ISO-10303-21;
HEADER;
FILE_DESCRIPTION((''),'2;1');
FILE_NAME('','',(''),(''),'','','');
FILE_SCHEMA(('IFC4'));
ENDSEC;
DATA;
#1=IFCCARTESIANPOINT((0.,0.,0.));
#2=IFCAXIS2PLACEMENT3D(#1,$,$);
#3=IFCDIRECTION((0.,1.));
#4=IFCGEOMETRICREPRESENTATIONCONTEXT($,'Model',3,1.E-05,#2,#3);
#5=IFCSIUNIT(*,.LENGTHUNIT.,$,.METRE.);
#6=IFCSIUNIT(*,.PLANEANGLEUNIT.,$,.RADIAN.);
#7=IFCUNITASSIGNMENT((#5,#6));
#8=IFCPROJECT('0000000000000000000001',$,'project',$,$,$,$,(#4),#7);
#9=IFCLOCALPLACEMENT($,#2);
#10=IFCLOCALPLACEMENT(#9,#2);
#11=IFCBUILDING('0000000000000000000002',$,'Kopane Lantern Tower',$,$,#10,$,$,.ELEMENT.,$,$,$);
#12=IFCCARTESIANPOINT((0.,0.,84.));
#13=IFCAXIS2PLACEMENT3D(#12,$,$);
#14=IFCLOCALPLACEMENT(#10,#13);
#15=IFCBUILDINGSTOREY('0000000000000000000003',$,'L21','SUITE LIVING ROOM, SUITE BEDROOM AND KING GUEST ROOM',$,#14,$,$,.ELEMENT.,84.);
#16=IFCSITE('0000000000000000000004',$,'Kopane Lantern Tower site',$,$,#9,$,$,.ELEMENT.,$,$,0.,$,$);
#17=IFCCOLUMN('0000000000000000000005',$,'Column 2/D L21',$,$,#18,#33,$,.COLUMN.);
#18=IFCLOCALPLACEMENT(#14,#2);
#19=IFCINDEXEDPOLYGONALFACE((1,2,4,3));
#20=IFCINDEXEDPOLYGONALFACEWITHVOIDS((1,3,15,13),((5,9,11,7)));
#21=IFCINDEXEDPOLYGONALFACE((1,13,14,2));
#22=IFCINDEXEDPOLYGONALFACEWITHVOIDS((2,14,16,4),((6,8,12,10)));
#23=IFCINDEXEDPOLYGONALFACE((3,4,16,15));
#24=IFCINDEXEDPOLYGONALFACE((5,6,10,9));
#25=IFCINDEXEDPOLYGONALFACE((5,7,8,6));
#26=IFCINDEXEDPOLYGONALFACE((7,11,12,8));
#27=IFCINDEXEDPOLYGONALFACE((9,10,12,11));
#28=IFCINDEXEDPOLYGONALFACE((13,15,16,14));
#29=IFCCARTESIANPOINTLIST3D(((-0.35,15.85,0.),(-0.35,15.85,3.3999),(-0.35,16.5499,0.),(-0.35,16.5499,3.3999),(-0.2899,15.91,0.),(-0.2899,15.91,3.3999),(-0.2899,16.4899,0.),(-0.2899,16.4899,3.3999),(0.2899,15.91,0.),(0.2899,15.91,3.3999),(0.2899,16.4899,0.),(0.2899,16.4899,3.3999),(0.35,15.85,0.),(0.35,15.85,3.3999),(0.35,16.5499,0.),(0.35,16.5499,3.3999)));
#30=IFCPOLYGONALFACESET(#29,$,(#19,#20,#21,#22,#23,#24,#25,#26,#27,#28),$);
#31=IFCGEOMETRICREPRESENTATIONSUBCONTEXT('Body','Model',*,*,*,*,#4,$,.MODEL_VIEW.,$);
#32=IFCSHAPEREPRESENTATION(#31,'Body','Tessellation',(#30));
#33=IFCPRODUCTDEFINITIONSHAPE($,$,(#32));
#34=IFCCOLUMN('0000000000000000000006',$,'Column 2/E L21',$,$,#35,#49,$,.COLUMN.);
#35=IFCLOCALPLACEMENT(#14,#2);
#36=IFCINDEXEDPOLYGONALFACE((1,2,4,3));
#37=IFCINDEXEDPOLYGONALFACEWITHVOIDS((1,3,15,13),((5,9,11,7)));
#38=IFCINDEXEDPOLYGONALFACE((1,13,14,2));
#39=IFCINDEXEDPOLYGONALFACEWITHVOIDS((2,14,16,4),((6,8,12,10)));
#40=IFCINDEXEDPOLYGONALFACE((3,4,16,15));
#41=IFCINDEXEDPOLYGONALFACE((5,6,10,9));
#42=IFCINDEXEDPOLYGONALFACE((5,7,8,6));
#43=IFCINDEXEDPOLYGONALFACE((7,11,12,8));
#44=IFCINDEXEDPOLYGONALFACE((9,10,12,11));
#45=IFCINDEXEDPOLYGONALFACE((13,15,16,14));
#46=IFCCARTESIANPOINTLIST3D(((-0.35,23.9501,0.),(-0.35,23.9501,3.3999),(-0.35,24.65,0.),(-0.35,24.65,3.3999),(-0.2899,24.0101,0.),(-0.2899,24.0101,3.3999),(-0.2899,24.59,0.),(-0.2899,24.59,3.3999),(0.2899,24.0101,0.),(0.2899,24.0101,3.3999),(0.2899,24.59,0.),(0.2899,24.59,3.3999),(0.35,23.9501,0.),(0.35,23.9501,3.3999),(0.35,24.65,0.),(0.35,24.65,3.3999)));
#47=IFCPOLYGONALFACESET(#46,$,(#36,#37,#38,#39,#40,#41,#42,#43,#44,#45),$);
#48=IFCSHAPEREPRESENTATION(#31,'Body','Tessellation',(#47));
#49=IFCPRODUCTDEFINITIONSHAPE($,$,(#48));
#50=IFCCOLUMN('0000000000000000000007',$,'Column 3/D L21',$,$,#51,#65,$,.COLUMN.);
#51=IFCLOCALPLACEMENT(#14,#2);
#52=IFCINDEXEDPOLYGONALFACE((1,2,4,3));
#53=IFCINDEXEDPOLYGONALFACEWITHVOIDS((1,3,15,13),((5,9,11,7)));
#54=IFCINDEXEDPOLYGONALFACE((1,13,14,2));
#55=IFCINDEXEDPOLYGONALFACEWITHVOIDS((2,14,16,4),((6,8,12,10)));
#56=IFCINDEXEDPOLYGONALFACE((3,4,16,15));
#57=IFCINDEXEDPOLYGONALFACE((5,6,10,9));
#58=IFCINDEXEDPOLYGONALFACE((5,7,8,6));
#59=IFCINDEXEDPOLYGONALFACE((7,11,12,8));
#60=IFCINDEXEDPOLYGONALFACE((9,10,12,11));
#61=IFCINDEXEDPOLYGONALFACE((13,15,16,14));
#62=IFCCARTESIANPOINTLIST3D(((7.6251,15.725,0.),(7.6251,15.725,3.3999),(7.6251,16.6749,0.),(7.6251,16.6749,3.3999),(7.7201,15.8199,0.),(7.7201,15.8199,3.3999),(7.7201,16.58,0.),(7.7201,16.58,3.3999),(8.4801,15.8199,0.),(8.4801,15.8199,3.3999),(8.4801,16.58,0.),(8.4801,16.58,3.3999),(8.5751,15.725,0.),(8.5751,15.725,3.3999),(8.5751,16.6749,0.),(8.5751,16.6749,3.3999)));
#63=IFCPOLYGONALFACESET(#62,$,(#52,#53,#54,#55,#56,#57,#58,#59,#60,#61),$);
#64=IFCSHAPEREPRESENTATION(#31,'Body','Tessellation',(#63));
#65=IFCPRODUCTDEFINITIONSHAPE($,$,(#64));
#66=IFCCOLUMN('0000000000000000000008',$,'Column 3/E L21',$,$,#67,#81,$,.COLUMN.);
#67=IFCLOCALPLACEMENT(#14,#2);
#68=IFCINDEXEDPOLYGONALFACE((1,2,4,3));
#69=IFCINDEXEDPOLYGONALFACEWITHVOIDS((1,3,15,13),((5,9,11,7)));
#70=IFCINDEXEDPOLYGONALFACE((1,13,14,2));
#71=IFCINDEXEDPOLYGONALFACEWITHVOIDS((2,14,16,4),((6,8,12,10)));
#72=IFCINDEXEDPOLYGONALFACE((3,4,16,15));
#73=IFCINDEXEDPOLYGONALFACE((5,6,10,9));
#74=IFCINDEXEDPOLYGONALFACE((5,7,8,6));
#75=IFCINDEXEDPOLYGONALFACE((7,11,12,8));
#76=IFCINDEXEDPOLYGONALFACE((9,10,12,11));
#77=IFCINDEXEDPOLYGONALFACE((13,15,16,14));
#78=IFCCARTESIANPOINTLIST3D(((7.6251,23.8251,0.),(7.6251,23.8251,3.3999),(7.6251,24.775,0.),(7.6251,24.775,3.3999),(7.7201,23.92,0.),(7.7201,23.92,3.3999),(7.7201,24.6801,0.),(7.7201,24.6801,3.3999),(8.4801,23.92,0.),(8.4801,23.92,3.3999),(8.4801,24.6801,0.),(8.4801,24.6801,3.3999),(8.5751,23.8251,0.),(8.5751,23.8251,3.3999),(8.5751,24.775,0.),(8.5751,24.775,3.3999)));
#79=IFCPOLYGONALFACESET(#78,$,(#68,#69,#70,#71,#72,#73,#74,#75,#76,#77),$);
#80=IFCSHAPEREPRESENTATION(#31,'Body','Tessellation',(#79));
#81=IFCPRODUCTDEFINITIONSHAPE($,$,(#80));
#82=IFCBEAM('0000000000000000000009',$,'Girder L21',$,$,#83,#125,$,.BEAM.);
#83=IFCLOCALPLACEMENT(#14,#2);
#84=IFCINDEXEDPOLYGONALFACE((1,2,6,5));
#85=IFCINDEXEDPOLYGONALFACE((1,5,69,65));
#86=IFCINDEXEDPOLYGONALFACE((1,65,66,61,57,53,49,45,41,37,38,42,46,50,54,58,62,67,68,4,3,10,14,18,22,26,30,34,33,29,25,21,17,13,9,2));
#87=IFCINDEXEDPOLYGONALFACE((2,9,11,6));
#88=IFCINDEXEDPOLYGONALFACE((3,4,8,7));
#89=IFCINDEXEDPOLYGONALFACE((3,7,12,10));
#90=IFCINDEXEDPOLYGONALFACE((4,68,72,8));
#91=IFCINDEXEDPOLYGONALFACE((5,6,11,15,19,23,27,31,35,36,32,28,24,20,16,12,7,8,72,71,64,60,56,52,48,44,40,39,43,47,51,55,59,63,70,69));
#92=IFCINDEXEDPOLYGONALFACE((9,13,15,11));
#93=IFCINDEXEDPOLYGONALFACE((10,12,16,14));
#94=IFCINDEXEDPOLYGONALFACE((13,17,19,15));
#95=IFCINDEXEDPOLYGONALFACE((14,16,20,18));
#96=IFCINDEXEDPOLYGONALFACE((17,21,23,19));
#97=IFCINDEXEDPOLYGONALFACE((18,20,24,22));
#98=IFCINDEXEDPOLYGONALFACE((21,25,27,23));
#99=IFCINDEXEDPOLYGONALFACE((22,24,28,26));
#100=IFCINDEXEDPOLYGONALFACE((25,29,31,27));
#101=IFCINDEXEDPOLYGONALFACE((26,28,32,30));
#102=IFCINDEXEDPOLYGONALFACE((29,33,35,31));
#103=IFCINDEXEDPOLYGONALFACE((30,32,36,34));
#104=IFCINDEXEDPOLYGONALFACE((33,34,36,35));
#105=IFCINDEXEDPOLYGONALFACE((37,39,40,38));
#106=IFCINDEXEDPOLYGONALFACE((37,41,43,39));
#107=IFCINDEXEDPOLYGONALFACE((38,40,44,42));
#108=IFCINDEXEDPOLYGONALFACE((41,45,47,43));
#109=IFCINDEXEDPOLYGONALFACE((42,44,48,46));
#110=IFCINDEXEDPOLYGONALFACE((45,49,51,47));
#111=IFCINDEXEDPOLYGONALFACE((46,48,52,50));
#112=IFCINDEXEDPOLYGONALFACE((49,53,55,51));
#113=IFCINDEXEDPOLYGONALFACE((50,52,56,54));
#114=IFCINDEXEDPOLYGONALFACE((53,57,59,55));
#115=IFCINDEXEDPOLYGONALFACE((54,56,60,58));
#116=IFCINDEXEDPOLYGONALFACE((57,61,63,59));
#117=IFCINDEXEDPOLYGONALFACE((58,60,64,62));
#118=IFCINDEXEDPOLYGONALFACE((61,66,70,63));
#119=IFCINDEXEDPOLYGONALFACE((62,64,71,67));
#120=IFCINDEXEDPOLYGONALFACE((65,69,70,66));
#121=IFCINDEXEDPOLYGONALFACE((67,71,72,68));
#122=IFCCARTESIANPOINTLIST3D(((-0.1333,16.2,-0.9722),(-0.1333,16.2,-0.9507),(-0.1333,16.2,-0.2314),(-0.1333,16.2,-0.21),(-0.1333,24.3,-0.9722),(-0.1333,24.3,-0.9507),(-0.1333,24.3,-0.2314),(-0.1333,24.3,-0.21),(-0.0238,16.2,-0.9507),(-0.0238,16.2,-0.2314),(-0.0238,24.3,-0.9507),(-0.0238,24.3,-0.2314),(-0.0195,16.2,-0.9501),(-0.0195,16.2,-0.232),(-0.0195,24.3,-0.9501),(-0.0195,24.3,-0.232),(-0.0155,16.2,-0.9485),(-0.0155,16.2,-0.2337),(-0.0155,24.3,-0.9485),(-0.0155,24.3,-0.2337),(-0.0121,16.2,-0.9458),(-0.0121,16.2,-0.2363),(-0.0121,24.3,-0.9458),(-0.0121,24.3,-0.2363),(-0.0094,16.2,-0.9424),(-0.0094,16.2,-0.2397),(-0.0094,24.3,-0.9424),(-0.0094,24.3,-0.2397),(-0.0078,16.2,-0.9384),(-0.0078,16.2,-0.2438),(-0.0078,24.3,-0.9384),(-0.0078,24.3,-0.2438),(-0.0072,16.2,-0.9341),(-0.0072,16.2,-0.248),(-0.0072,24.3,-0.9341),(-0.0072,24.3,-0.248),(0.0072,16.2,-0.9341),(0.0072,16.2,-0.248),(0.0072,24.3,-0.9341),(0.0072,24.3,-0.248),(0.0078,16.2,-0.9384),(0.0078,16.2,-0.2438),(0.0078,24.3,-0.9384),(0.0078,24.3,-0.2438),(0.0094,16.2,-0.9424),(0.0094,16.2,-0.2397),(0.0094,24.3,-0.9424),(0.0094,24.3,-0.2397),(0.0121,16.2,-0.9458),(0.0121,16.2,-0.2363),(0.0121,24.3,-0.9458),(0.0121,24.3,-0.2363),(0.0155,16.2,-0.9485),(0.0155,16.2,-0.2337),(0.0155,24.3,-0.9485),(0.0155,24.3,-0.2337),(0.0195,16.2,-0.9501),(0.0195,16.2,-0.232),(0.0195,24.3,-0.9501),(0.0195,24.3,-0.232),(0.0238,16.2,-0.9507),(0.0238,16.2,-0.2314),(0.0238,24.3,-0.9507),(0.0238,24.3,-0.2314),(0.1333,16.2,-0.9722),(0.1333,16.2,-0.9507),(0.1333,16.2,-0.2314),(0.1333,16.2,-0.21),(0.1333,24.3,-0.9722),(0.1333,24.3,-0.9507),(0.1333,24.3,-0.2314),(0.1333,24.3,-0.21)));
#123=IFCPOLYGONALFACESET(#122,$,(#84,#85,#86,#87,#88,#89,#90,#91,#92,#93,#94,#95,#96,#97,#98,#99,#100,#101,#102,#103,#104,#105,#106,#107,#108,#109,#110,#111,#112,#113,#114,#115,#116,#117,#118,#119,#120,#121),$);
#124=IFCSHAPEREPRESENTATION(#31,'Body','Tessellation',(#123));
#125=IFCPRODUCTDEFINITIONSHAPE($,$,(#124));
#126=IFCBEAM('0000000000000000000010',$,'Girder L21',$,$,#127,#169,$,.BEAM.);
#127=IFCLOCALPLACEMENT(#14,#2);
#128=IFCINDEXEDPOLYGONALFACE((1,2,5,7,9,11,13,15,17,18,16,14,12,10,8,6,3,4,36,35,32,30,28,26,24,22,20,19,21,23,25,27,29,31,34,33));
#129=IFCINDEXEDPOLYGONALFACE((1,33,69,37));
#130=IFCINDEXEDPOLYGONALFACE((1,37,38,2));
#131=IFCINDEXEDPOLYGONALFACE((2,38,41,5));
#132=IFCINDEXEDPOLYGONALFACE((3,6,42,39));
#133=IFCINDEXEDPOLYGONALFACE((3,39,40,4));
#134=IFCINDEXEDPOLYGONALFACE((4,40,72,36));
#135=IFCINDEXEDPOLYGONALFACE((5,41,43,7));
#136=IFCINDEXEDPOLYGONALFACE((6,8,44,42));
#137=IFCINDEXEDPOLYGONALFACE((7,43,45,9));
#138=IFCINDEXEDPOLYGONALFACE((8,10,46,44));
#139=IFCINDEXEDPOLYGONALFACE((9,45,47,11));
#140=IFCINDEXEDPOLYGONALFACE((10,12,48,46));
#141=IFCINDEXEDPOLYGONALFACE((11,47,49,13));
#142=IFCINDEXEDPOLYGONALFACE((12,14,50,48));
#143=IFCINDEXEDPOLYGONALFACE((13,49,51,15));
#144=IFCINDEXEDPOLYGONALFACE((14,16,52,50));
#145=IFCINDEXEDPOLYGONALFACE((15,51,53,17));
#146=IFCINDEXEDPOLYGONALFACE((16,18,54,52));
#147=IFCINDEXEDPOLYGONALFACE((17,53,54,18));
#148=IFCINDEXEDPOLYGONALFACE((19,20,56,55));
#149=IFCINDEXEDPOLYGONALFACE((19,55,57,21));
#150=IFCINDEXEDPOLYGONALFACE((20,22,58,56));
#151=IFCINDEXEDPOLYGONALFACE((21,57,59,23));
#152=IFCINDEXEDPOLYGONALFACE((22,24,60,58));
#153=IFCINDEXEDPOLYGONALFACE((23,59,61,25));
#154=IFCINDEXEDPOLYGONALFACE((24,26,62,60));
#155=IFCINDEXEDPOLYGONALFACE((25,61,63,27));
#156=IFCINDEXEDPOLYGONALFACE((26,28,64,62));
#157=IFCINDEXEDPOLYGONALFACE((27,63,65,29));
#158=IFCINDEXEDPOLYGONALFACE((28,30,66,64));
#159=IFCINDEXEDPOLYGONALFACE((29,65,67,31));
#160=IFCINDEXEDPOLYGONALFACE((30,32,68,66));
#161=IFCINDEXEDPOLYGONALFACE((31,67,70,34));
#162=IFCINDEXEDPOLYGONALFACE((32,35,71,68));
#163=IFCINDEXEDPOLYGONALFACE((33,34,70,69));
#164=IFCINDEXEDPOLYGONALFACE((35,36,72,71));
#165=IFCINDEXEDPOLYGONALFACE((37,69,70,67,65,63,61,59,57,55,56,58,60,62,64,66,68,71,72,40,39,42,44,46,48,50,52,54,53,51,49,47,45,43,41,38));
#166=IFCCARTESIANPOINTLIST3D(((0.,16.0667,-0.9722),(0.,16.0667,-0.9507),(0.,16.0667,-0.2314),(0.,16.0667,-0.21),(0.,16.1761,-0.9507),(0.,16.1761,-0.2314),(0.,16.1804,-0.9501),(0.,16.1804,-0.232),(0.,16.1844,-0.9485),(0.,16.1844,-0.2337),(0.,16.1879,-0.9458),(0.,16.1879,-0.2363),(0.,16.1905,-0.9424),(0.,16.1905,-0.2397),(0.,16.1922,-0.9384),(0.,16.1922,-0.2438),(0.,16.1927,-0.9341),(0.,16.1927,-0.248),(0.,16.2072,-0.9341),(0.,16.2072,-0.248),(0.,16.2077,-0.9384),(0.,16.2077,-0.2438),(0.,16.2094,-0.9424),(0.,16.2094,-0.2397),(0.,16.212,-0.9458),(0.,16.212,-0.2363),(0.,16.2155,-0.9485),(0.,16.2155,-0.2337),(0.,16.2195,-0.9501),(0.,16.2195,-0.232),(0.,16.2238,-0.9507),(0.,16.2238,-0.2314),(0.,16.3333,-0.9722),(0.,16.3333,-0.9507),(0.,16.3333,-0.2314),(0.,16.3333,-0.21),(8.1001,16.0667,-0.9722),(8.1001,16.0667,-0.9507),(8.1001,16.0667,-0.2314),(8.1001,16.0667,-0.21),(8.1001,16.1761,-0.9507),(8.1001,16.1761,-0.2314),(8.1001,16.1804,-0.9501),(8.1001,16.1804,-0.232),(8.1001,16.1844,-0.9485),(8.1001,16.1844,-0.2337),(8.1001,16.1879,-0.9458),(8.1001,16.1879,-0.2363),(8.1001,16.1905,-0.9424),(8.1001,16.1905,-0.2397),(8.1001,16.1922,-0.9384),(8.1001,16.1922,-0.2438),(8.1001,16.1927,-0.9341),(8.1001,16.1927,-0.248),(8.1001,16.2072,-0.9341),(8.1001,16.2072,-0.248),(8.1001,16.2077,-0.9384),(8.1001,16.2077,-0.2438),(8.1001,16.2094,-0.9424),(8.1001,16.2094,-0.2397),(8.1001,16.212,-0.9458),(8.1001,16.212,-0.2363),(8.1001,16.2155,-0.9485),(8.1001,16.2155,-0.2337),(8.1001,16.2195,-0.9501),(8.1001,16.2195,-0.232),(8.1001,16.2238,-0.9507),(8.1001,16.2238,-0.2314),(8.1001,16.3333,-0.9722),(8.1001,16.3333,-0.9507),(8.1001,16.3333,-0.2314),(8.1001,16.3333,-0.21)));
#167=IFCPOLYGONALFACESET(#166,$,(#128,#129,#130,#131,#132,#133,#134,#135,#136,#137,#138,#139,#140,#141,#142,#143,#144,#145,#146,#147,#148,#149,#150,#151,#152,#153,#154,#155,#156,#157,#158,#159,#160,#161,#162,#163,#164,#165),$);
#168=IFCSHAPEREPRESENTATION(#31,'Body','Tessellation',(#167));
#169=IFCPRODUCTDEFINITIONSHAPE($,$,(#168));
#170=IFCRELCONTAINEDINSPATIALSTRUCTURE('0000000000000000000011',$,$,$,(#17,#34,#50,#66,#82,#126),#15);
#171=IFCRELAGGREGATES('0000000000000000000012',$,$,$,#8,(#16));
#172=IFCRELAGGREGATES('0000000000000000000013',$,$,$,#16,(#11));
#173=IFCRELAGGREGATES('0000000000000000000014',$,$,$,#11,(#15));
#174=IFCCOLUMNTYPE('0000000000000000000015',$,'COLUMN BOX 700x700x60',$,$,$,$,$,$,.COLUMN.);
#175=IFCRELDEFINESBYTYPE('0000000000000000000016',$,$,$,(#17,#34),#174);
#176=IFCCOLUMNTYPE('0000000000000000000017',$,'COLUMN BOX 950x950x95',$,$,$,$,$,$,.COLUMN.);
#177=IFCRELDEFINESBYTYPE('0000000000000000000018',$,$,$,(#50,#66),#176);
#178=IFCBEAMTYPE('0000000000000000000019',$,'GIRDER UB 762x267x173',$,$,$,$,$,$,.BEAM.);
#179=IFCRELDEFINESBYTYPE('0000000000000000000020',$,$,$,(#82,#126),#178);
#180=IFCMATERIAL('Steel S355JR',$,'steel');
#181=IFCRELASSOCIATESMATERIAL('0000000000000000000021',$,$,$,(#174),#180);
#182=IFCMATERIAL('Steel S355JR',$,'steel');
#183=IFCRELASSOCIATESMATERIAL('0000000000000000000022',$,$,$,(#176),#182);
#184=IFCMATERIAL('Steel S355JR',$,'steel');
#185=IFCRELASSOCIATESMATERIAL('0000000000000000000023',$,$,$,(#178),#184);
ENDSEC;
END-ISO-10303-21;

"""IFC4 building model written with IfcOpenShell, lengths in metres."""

from ifc_helpers import new_model, si_unit, direction, frame, origin, origin_2d, place, context, subcontext, project, spatial, hollow_rectangle, i_section, extrude, material, material_profile, profile_set, type_object, element, save


model = new_model("IFC4")

# Units and contexts
model_context = context("Model", 3, precision=1e-05, world=origin(), true_north=direction((0.0, 1.0)))
body_context = subcontext(model_context, "Body", "Model", "MODEL_VIEW")
ifc_project = project(units=[si_unit("LENGTHUNIT", "METRE"), si_unit("PLANEANGLEUNIT", "RADIAN")], contexts=[model_context])

# Site, building, storey
site_placement = place(None, origin())
site = spatial("IfcSite", under=ifc_project, at=site_placement, Name="Kopane Lantern Tower site", CompositionType="ELEMENT", RefElevation=0.0)
building_placement = place(site_placement, origin())
building = spatial("IfcBuilding", under=site, at=building_placement, Name="Kopane Lantern Tower", CompositionType="ELEMENT")
storey_placement = place(building_placement, frame((0.0, 0.0, 84.0)))
storey = spatial("IfcBuildingStorey", under=building, at=storey_placement, Name="L21", Description="SUITE LIVING ROOM, SUITE BEDROOM AND KING GUEST ROOM", CompositionType="ELEMENT", Elevation=84.0)

# Columns
ifc_material_1 = material(Name="Steel S355JR", Category="steel")
ifc_material_profile_1 = material_profile(ifc_material_1, hollow_rectangle(XDim=0.7, YDim=0.7, WallThickness=0.0601, at=origin_2d()), Name="BOX 700x700x60")
ifc_profile_set_1 = profile_set([ifc_material_profile_1], Name="Steel S355JR")
column_type_1 = type_object("IfcColumnType", Name="COLUMN BOX 700x700x60", PredefinedType="COLUMN", material=ifc_profile_set_1)
for number, where, z_axis, x_axis, name in (
    (1, (0.0, 16.2, 0.0), (0.0, 0.0, 1.0), (1.0, 0.0, 0.0), "Column 2/D L21"),
    (2, (0.0, 24.3, 0.0), (0.0, 0.0, 1.0), (1.0, 0.0, 0.0), "Column 2/E L21"),
):
    element("IfcColumn", number, at=place(storey_placement, frame(where, z_axis=z_axis, x_axis=x_axis)), inside=storey, type_object=column_type_1, Name=name, PredefinedType="COLUMN", context=body_context, shape_type="SweptSolid", body=[
        extrude(hollow_rectangle(XDim=0.7, YDim=0.7, WallThickness=0.0601, at=origin_2d()), origin(), (0.0, 0.0, 1.0), 3.3999),
    ])
ifc_material_2 = material(Name="Steel S355JR", Category="steel")
ifc_material_profile_2 = material_profile(ifc_material_2, hollow_rectangle(XDim=0.95, YDim=0.95, WallThickness=0.095, at=origin_2d()), Name="BOX 950x950x95")
ifc_profile_set_2 = profile_set([ifc_material_profile_2], Name="Steel S355JR")
column_type_2 = type_object("IfcColumnType", Name="COLUMN BOX 950x950x95", PredefinedType="COLUMN", material=ifc_profile_set_2)
for number, where, z_axis, x_axis, name in (
    (3, (8.1001, 16.2, 0.0), (0.0, 0.0, 1.0), (1.0, 0.0, 0.0), "Column 3/D L21"),
    (4, (8.1001, 24.3, 0.0), (0.0, 0.0, 1.0), (1.0, 0.0, 0.0), "Column 3/E L21"),
):
    element("IfcColumn", number, at=place(storey_placement, frame(where, z_axis=z_axis, x_axis=x_axis)), inside=storey, type_object=column_type_2, Name=name, PredefinedType="COLUMN", context=body_context, shape_type="SweptSolid", body=[
        extrude(hollow_rectangle(XDim=0.95, YDim=0.95, WallThickness=0.095, at=origin_2d()), origin(), (0.0, 0.0, 1.0), 3.3999),
    ])

# Beams
ifc_material_3 = material(Name="Steel S355JR", Category="steel")
ifc_material_profile_3 = material_profile(ifc_material_3, i_section(OverallWidth=0.2666, OverallDepth=0.7622, WebThickness=0.0144, FlangeThickness=0.0215, FilletRadius=0.0166, at=origin_2d()), Name="UB 762x267x173")
ifc_profile_set_3 = profile_set([ifc_material_profile_3], Name="Steel S355JR")
beam_type = type_object("IfcBeamType", Name="GIRDER UB 762x267x173", PredefinedType="BEAM", material=ifc_profile_set_3)
for number, where, z_axis, x_axis, name in (
    (5, (0.0, 16.2, -0.5911), (0.0, 1.0, 0.0), (-1.0, 0.0, 0.0), "Girder L21"),
    (6, (0.0, 16.2, -0.5911), (1.0, 0.0, 0.0), (0.0, 1.0, 0.0), "Girder L21"),
):
    element("IfcBeam", number, at=place(storey_placement, frame(where, z_axis=z_axis, x_axis=x_axis)), inside=storey, type_object=beam_type, Name=name, PredefinedType="BEAM", context=body_context, shape_type="SweptSolid", body=[
        extrude(i_section(OverallWidth=0.2666, OverallDepth=0.7622, WebThickness=0.0144, FlangeThickness=0.0215, FilletRadius=0.0166, at=origin_2d()), origin(), (0.0, 0.0, 1.0), 8.1001),
    ])

save(model, "model.ifc")
